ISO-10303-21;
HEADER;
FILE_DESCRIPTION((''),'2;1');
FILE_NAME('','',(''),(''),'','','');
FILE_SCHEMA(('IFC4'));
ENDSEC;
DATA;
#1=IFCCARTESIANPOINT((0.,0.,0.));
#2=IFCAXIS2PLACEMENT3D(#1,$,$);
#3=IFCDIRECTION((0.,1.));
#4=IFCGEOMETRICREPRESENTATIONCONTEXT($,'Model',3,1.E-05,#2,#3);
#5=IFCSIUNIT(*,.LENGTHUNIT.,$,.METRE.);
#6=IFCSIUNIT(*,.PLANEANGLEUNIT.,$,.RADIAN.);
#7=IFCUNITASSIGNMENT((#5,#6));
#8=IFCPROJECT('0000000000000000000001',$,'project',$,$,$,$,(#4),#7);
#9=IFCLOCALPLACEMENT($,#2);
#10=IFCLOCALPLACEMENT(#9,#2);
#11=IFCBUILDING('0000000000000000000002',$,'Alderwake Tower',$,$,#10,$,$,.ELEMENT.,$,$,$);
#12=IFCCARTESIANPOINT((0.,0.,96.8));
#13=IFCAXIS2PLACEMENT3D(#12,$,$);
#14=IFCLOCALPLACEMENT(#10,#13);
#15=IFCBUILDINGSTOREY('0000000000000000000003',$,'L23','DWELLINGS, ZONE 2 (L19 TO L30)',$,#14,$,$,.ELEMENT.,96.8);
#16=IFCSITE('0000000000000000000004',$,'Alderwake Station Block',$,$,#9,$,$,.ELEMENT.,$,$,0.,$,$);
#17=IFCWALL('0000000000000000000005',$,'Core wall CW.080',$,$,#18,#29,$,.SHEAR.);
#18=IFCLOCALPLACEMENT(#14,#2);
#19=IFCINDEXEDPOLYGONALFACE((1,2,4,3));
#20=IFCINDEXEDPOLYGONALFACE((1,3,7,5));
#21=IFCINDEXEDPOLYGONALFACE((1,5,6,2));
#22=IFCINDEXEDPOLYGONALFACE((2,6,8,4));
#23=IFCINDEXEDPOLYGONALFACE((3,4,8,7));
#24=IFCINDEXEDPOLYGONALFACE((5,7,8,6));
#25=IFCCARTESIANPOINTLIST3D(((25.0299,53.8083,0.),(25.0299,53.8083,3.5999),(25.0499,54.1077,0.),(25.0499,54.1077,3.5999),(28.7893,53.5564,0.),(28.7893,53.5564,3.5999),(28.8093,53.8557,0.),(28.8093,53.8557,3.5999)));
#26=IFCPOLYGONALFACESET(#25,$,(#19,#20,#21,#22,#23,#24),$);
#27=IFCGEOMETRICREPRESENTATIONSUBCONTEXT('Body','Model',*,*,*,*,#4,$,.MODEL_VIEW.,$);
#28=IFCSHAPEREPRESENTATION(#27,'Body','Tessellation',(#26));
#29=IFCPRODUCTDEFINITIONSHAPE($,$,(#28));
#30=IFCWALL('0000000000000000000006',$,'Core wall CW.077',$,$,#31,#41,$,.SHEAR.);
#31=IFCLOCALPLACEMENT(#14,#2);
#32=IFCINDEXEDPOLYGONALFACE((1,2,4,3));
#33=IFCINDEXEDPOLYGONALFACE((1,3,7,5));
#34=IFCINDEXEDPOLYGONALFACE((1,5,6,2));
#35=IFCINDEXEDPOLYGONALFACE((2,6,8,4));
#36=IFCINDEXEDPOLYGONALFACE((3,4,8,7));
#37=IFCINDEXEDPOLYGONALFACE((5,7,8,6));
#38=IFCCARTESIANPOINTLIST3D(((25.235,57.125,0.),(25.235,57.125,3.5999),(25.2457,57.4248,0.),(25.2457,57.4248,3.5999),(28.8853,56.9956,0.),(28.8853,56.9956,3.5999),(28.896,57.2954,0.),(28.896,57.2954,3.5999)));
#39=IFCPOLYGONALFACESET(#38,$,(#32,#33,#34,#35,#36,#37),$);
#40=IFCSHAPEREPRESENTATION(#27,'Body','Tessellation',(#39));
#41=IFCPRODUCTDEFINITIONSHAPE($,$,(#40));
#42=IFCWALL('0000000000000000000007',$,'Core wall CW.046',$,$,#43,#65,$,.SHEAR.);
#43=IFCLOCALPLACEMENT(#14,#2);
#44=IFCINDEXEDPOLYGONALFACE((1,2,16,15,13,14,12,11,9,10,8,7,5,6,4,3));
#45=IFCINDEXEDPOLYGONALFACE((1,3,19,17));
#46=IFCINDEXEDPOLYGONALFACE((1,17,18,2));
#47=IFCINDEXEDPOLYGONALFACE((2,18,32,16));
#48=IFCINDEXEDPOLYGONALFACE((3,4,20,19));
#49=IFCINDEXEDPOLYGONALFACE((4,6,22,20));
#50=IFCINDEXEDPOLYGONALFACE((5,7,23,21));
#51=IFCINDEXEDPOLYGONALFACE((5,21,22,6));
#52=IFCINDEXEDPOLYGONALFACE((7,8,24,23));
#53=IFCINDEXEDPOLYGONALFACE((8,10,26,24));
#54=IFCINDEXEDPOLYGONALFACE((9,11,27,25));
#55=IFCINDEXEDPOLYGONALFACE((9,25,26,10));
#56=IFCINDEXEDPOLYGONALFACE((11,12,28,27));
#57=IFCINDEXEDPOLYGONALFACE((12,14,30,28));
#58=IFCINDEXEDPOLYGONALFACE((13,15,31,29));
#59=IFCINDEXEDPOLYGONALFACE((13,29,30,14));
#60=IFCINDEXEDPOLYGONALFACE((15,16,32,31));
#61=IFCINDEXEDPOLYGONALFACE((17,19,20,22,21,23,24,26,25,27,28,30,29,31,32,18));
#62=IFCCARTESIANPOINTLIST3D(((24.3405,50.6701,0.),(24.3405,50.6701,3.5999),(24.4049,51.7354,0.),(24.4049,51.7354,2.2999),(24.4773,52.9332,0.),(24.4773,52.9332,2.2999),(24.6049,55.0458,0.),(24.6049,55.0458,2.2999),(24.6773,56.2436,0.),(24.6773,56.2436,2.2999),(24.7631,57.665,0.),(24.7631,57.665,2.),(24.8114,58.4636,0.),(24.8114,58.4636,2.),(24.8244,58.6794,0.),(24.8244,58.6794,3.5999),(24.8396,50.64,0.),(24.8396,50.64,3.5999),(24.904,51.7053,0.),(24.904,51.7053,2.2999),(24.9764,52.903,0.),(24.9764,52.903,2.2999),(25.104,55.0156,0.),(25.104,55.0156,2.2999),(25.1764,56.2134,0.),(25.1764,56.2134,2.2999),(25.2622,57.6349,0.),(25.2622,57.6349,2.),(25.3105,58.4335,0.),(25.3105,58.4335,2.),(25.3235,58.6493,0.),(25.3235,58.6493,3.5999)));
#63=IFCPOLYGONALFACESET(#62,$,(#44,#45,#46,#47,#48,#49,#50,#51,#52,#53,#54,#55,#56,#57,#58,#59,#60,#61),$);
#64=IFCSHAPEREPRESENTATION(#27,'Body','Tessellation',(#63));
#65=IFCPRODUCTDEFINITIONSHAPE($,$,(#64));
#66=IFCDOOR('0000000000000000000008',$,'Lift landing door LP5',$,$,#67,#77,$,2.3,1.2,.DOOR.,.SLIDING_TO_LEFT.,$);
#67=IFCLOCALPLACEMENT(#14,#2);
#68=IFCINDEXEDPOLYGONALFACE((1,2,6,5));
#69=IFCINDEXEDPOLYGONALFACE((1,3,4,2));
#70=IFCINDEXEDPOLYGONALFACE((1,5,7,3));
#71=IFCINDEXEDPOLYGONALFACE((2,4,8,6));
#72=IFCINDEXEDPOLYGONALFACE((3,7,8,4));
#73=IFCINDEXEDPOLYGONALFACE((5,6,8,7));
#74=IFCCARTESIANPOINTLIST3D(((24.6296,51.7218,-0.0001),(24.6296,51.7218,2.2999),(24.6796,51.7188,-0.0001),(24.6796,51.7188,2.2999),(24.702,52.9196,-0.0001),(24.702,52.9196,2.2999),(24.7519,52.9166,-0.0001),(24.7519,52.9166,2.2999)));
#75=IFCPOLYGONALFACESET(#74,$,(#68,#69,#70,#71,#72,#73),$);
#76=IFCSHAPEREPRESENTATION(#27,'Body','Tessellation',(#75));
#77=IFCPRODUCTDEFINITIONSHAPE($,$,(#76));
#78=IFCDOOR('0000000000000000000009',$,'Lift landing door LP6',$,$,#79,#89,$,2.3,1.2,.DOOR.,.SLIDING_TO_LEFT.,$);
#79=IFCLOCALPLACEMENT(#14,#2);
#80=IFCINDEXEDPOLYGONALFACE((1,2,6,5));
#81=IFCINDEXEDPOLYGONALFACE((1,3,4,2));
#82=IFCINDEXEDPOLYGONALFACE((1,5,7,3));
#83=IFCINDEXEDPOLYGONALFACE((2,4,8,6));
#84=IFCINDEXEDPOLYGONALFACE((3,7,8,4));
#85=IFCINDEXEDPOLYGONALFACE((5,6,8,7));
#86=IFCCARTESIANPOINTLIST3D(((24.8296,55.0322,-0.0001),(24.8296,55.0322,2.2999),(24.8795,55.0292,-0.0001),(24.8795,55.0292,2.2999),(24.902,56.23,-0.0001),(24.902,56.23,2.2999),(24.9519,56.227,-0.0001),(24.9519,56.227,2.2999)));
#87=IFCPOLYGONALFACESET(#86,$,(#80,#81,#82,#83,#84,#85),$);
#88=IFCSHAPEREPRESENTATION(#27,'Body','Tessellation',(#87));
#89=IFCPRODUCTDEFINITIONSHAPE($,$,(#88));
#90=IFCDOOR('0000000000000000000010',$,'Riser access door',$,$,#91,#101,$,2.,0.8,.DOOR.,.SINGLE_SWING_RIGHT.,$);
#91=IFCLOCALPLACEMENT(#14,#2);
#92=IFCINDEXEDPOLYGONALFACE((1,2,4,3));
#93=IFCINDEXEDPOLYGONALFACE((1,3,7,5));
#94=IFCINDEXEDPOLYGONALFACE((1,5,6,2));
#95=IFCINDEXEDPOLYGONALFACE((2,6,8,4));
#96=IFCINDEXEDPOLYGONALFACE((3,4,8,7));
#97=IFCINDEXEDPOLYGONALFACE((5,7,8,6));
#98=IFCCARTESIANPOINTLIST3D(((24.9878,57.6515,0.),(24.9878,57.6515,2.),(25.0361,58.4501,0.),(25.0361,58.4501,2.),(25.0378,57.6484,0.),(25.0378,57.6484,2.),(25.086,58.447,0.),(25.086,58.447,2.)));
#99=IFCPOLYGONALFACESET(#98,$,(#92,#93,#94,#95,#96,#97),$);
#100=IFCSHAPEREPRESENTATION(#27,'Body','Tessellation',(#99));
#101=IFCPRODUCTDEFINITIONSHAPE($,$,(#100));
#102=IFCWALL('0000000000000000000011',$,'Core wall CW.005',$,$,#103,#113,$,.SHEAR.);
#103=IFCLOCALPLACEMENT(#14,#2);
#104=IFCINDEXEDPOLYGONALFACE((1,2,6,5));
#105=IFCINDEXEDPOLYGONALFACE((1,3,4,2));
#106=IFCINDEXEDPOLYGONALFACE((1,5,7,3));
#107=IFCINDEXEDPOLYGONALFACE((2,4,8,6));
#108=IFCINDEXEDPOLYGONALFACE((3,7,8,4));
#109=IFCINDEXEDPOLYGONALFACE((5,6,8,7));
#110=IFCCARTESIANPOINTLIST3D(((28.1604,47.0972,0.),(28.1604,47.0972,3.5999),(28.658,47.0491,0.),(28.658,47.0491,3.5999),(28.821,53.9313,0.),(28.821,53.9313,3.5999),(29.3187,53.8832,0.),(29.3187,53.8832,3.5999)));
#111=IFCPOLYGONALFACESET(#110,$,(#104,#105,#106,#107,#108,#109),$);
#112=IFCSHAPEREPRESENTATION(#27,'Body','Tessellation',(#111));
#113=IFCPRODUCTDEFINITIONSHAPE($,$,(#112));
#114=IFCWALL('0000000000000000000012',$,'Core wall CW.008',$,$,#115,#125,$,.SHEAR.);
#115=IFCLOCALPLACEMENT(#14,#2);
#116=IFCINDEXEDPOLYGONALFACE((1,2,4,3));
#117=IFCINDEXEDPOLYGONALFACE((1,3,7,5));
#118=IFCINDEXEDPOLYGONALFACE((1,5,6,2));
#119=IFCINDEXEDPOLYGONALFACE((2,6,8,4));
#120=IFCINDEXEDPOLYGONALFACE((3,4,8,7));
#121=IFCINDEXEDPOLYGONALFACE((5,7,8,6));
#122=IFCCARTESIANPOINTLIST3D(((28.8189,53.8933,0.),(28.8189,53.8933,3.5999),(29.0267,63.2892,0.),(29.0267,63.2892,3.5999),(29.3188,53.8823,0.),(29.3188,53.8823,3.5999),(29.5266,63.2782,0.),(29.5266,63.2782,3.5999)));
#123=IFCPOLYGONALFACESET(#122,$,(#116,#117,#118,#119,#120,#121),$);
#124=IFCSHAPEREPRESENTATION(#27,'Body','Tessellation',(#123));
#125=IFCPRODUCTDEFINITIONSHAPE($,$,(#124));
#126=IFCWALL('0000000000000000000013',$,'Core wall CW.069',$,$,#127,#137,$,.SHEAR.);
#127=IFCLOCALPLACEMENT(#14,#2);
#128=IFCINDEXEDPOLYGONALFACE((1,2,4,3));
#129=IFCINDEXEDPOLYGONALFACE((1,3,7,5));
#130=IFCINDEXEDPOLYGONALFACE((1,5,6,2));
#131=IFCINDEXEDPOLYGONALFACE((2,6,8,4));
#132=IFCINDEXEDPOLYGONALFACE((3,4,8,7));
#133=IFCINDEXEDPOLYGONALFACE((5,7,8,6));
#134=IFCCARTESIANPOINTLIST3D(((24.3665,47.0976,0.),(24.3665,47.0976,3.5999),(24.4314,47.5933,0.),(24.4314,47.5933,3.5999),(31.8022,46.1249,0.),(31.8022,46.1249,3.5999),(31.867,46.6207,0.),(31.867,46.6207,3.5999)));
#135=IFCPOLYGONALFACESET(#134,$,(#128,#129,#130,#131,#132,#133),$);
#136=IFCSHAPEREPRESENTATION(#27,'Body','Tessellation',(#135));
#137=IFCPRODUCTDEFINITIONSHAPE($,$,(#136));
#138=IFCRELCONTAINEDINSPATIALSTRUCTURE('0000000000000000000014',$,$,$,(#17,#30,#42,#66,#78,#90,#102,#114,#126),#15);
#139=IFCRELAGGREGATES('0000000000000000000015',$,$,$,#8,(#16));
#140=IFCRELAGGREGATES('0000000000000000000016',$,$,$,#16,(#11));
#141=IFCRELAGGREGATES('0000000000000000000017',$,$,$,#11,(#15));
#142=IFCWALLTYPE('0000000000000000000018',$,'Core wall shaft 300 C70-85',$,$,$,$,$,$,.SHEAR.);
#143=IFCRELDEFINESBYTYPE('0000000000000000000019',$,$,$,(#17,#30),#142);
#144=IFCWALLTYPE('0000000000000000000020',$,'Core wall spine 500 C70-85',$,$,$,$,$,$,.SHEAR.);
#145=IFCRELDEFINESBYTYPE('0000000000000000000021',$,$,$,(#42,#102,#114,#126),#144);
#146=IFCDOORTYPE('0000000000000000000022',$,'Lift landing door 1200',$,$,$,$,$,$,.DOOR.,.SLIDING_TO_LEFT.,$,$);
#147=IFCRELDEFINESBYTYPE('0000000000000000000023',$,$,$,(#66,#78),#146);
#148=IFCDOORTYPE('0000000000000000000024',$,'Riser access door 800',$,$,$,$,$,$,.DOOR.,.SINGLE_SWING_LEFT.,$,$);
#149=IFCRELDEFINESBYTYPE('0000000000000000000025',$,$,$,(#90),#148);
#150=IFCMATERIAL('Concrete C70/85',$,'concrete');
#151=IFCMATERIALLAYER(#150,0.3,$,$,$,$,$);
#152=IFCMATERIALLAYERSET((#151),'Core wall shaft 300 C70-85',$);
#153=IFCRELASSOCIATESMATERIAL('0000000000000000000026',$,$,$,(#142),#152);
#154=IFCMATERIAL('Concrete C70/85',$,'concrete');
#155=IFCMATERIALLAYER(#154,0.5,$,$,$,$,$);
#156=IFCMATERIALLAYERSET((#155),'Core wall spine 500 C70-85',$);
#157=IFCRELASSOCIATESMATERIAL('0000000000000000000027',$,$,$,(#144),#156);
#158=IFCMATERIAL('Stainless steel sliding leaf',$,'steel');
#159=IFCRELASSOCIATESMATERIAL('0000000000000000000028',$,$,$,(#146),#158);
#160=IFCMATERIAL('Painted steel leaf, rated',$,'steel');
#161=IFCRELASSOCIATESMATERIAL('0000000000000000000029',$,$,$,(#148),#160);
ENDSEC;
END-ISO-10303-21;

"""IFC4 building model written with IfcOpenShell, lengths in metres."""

from ifc_helpers import new_model, si_unit, direction, frame, frame_2d, origin, place, context, subcontext, project, spatial, rectangle, extrude, material, layer, layer_set, type_object, element, fill, save


model = new_model("IFC4")

# Units and contexts
model_context = context("Model", 3, precision=1e-05, world=origin(), true_north=direction((0.0, 1.0)))
body_context = subcontext(model_context, "Body", "Model", "MODEL_VIEW")
ifc_project = project(units=[si_unit("LENGTHUNIT", "METRE"), si_unit("PLANEANGLEUNIT", "RADIAN")], contexts=[model_context])

# Site, building, storey
site_placement = place(None, origin())
site = spatial("IfcSite", under=ifc_project, at=site_placement, Name="Alderwake Station Block", CompositionType="ELEMENT", RefElevation=0.0)
building_placement = place(site_placement, origin())
building = spatial("IfcBuilding", under=site, at=building_placement, Name="Alderwake Tower", CompositionType="ELEMENT")
storey_placement = place(building_placement, frame((0.0, 0.0, 96.8)))
storey = spatial("IfcBuildingStorey", under=building, at=storey_placement, Name="L23", Description="DWELLINGS, ZONE 2 (L19 TO L30)", CompositionType="ELEMENT", Elevation=96.8)

# Walls
ifc_material_1 = material(Name="Concrete C70/85", Category="concrete")
ifc_layer_1 = layer(ifc_material_1, 0.3)
ifc_layer_set_1 = layer_set([ifc_layer_1], Name="Core wall shaft 300 C70-85")
wall_type_1 = type_object("IfcWallType", Name="Core wall shaft 300 C70-85", PredefinedType="SHEAR", material=ifc_layer_set_1)
wall_1_placement = place(storey_placement, frame((25.04, 53.958, 0.0), z_axis=(0.0, 0.0, 1.0), x_axis=(0.997762, -0.066872, 0.0)))
element("IfcWall", 1, at=wall_1_placement, inside=storey, type_object=wall_type_1, Name="Core wall CW.080", PredefinedType="SHEAR", context=body_context, shape_type="SweptSolid", body=[
    extrude(rectangle(XDim=3.7678, YDim=0.3, at=frame_2d((1.8838, 0.0))), origin(), (0.0, 0.0, 1.0), 3.5999),
])
wall_2_placement = place(storey_placement, frame((25.2405, 57.2749, 0.0), z_axis=(0.0, 0.0, 1.0), x_axis=(0.999372, -0.035425, 0.0)))
element("IfcWall", 2, at=wall_2_placement, inside=storey, type_object=wall_type_1, Name="Core wall CW.077", PredefinedType="SHEAR", context=body_context, shape_type="SweptSolid", body=[
    extrude(rectangle(XDim=3.6526, YDim=0.3, at=frame_2d((1.8262, 0.0))), origin(), (0.0, 0.0, 1.0), 3.5999),
])

# Wall, openings, doors
ifc_material_2 = material(Name="Concrete C70/85", Category="concrete")
ifc_layer_2 = layer(ifc_material_2, 0.5)
ifc_layer_set_2 = layer_set([ifc_layer_2], Name="Core wall spine 500 C70-85")
wall_type_2 = type_object("IfcWallType", Name="Core wall spine 500 C70-85", PredefinedType="SHEAR", material=ifc_layer_set_2)
wall_3_placement = place(storey_placement, frame((24.5901, 50.655, 0.0), z_axis=(0.0, 0.0, 1.0), x_axis=(0.060306, 0.99818, 0.0)))
wall_3 = element("IfcWall", 3, at=wall_3_placement, inside=storey, type_object=wall_type_2, Name="Core wall CW.046", PredefinedType="SHEAR", context=body_context, shape_type="SweptSolid", body=[
    extrude(rectangle(XDim=8.0239, YDim=0.5, at=frame_2d((4.012, 0.0))), origin(), (0.0, 0.0, 1.0), 3.5999),
])
opening_1_placement = place(wall_3_placement, frame((1.0671, 0.0, 0.0)))
opening_1 = element("IfcOpeningElement", 4, at=opening_1_placement, cuts=wall_3, PredefinedType="OPENING", context=body_context, shape_type="SweptSolid", body=[
    extrude(rectangle(XDim=1.2, YDim=2.3, at=frame_2d((0.6001, 1.1499))), frame((0.0, 0.26, 0.0), z_axis=(0.0, -1.0, 0.0), x_axis=(1.0, 0.0, 0.0)), (0.0, 0.0, 1.0), 0.52),
])
opening_2_placement = place(wall_3_placement, frame((4.3835, 0.0, 0.0)))
opening_2 = element("IfcOpeningElement", 5, at=opening_2_placement, cuts=wall_3, PredefinedType="OPENING", context=body_context, shape_type="SweptSolid", body=[
    extrude(rectangle(XDim=1.2, YDim=2.3, at=frame_2d((0.6001, 1.1499))), frame((0.0, 0.26, 0.0), z_axis=(0.0, -1.0, 0.0), x_axis=(1.0, 0.0, 0.0)), (0.0, 0.0, 1.0), 0.52),
])
opening_3_placement = place(wall_3_placement, frame((7.0078, 0.0, 0.0)))
opening_3 = element("IfcOpeningElement", 6, at=opening_3_placement, cuts=wall_3, PredefinedType="OPENING", context=body_context, shape_type="SweptSolid", body=[
    extrude(rectangle(XDim=0.8, YDim=2.0, at=frame_2d((0.3999, 1.0))), frame((0.0, 0.26, 0.0), z_axis=(0.0, -1.0, 0.0), x_axis=(1.0, 0.0, 0.0)), (0.0, 0.0, 1.0), 0.52),
])
ifc_material_3 = material(Name="Stainless steel sliding leaf", Category="steel")
door_type_1 = type_object("IfcDoorType", Name="Lift landing door 1200", OperationType="SLIDING_TO_LEFT", PredefinedType="DOOR", material=ifc_material_3)
door_1_placement = place(opening_1_placement, origin())
door_1 = element("IfcDoor", 7, at=door_1_placement, inside=storey, type_object=door_type_1, Name="Lift landing door LP5", OperationType="SLIDING_TO_LEFT", OverallHeight=2.3, OverallWidth=1.2, PredefinedType="DOOR", context=body_context, shape_type="SweptSolid", body=[
    extrude(rectangle(XDim=1.2, YDim=2.3, at=frame_2d((0.6001, 1.1499))), frame((0.0, 0.0249, 0.0), z_axis=(0.0, -1.0, 0.0), x_axis=(1.0, 0.0, 0.0)), (0.0, 0.0, 1.0), 0.05),
])
fill(opening_1, door_1)
door_2_placement = place(opening_2_placement, origin())
door_2 = element("IfcDoor", 8, at=door_2_placement, inside=storey, type_object=door_type_1, Name="Lift landing door LP6", OperationType="SLIDING_TO_LEFT", OverallHeight=2.3, OverallWidth=1.2, PredefinedType="DOOR", context=body_context, shape_type="SweptSolid", body=[
    extrude(rectangle(XDim=1.2, YDim=2.3, at=frame_2d((0.6001, 1.1499))), frame((0.0, 0.0249, 0.0), z_axis=(0.0, -1.0, 0.0), x_axis=(1.0, 0.0, 0.0)), (0.0, 0.0, 1.0), 0.05),
])
fill(opening_2, door_2)
ifc_material_4 = material(Name="Painted steel leaf, rated", Category="steel")
door_type_2 = type_object("IfcDoorType", Name="Riser access door 800", OperationType="SINGLE_SWING_LEFT", PredefinedType="DOOR", material=ifc_material_4)
door_3_placement = place(opening_3_placement, origin())
door_3 = element("IfcDoor", 9, at=door_3_placement, inside=storey, type_object=door_type_2, Name="Riser access door", OperationType="SINGLE_SWING_RIGHT", OverallHeight=2.0, OverallWidth=0.8, PredefinedType="DOOR", context=body_context, shape_type="SweptSolid", body=[
    extrude(rectangle(XDim=0.8, YDim=2.0, at=frame_2d((0.3999, 1.0))), frame((0.0, 0.0249, 0.0), z_axis=(0.0, -1.0, 0.0), x_axis=(1.0, 0.0, 0.0)), (0.0, 0.0, 1.0), 0.05),
])
fill(opening_3, door_3)

# Walls
wall_4_placement = place(storey_placement, frame((28.4092, 47.073, 0.0), z_axis=(0.0, 0.0, 1.0), x_axis=(0.096219, 0.99536, 0.0)))
element("IfcWall", 10, at=wall_4_placement, inside=storey, type_object=wall_type_2, Name="Core wall CW.005", PredefinedType="SHEAR", context=body_context, shape_type="SweptSolid", body=[
    extrude(rectangle(XDim=6.866, YDim=0.5, at=frame_2d((3.4331, 0.0))), origin(), (0.0, 0.0, 1.0), 3.5999),
])
wall_5_placement = place(storey_placement, frame((29.0688, 53.8877, 0.0), z_axis=(0.0, 0.0, 1.0), x_axis=(0.022107, 0.999756, 0.0)))
element("IfcWall", 11, at=wall_5_placement, inside=storey, type_object=wall_type_2, Name="Core wall CW.008", PredefinedType="SHEAR", context=body_context, shape_type="SweptSolid", body=[
    extrude(rectangle(XDim=9.3982, YDim=0.5, at=frame_2d((4.6992, 0.0))), origin(), (0.0, 0.0, 1.0), 3.5999),
])
wall_6_placement = place(storey_placement, frame((24.3989, 47.3455, 0.0), z_axis=(0.0, 0.0, 1.0), x_axis=(0.991553, -0.129702, 0.0)))
element("IfcWall", 12, at=wall_6_placement, inside=storey, type_object=wall_type_2, Name="Core wall CW.069", PredefinedType="SHEAR", context=body_context, shape_type="SweptSolid", body=[
    extrude(rectangle(XDim=7.499, YDim=0.5, at=frame_2d((3.7495, 0.0))), origin(), (0.0, 0.0, 1.0), 3.5999),
])

save(model, "model.ifc")
